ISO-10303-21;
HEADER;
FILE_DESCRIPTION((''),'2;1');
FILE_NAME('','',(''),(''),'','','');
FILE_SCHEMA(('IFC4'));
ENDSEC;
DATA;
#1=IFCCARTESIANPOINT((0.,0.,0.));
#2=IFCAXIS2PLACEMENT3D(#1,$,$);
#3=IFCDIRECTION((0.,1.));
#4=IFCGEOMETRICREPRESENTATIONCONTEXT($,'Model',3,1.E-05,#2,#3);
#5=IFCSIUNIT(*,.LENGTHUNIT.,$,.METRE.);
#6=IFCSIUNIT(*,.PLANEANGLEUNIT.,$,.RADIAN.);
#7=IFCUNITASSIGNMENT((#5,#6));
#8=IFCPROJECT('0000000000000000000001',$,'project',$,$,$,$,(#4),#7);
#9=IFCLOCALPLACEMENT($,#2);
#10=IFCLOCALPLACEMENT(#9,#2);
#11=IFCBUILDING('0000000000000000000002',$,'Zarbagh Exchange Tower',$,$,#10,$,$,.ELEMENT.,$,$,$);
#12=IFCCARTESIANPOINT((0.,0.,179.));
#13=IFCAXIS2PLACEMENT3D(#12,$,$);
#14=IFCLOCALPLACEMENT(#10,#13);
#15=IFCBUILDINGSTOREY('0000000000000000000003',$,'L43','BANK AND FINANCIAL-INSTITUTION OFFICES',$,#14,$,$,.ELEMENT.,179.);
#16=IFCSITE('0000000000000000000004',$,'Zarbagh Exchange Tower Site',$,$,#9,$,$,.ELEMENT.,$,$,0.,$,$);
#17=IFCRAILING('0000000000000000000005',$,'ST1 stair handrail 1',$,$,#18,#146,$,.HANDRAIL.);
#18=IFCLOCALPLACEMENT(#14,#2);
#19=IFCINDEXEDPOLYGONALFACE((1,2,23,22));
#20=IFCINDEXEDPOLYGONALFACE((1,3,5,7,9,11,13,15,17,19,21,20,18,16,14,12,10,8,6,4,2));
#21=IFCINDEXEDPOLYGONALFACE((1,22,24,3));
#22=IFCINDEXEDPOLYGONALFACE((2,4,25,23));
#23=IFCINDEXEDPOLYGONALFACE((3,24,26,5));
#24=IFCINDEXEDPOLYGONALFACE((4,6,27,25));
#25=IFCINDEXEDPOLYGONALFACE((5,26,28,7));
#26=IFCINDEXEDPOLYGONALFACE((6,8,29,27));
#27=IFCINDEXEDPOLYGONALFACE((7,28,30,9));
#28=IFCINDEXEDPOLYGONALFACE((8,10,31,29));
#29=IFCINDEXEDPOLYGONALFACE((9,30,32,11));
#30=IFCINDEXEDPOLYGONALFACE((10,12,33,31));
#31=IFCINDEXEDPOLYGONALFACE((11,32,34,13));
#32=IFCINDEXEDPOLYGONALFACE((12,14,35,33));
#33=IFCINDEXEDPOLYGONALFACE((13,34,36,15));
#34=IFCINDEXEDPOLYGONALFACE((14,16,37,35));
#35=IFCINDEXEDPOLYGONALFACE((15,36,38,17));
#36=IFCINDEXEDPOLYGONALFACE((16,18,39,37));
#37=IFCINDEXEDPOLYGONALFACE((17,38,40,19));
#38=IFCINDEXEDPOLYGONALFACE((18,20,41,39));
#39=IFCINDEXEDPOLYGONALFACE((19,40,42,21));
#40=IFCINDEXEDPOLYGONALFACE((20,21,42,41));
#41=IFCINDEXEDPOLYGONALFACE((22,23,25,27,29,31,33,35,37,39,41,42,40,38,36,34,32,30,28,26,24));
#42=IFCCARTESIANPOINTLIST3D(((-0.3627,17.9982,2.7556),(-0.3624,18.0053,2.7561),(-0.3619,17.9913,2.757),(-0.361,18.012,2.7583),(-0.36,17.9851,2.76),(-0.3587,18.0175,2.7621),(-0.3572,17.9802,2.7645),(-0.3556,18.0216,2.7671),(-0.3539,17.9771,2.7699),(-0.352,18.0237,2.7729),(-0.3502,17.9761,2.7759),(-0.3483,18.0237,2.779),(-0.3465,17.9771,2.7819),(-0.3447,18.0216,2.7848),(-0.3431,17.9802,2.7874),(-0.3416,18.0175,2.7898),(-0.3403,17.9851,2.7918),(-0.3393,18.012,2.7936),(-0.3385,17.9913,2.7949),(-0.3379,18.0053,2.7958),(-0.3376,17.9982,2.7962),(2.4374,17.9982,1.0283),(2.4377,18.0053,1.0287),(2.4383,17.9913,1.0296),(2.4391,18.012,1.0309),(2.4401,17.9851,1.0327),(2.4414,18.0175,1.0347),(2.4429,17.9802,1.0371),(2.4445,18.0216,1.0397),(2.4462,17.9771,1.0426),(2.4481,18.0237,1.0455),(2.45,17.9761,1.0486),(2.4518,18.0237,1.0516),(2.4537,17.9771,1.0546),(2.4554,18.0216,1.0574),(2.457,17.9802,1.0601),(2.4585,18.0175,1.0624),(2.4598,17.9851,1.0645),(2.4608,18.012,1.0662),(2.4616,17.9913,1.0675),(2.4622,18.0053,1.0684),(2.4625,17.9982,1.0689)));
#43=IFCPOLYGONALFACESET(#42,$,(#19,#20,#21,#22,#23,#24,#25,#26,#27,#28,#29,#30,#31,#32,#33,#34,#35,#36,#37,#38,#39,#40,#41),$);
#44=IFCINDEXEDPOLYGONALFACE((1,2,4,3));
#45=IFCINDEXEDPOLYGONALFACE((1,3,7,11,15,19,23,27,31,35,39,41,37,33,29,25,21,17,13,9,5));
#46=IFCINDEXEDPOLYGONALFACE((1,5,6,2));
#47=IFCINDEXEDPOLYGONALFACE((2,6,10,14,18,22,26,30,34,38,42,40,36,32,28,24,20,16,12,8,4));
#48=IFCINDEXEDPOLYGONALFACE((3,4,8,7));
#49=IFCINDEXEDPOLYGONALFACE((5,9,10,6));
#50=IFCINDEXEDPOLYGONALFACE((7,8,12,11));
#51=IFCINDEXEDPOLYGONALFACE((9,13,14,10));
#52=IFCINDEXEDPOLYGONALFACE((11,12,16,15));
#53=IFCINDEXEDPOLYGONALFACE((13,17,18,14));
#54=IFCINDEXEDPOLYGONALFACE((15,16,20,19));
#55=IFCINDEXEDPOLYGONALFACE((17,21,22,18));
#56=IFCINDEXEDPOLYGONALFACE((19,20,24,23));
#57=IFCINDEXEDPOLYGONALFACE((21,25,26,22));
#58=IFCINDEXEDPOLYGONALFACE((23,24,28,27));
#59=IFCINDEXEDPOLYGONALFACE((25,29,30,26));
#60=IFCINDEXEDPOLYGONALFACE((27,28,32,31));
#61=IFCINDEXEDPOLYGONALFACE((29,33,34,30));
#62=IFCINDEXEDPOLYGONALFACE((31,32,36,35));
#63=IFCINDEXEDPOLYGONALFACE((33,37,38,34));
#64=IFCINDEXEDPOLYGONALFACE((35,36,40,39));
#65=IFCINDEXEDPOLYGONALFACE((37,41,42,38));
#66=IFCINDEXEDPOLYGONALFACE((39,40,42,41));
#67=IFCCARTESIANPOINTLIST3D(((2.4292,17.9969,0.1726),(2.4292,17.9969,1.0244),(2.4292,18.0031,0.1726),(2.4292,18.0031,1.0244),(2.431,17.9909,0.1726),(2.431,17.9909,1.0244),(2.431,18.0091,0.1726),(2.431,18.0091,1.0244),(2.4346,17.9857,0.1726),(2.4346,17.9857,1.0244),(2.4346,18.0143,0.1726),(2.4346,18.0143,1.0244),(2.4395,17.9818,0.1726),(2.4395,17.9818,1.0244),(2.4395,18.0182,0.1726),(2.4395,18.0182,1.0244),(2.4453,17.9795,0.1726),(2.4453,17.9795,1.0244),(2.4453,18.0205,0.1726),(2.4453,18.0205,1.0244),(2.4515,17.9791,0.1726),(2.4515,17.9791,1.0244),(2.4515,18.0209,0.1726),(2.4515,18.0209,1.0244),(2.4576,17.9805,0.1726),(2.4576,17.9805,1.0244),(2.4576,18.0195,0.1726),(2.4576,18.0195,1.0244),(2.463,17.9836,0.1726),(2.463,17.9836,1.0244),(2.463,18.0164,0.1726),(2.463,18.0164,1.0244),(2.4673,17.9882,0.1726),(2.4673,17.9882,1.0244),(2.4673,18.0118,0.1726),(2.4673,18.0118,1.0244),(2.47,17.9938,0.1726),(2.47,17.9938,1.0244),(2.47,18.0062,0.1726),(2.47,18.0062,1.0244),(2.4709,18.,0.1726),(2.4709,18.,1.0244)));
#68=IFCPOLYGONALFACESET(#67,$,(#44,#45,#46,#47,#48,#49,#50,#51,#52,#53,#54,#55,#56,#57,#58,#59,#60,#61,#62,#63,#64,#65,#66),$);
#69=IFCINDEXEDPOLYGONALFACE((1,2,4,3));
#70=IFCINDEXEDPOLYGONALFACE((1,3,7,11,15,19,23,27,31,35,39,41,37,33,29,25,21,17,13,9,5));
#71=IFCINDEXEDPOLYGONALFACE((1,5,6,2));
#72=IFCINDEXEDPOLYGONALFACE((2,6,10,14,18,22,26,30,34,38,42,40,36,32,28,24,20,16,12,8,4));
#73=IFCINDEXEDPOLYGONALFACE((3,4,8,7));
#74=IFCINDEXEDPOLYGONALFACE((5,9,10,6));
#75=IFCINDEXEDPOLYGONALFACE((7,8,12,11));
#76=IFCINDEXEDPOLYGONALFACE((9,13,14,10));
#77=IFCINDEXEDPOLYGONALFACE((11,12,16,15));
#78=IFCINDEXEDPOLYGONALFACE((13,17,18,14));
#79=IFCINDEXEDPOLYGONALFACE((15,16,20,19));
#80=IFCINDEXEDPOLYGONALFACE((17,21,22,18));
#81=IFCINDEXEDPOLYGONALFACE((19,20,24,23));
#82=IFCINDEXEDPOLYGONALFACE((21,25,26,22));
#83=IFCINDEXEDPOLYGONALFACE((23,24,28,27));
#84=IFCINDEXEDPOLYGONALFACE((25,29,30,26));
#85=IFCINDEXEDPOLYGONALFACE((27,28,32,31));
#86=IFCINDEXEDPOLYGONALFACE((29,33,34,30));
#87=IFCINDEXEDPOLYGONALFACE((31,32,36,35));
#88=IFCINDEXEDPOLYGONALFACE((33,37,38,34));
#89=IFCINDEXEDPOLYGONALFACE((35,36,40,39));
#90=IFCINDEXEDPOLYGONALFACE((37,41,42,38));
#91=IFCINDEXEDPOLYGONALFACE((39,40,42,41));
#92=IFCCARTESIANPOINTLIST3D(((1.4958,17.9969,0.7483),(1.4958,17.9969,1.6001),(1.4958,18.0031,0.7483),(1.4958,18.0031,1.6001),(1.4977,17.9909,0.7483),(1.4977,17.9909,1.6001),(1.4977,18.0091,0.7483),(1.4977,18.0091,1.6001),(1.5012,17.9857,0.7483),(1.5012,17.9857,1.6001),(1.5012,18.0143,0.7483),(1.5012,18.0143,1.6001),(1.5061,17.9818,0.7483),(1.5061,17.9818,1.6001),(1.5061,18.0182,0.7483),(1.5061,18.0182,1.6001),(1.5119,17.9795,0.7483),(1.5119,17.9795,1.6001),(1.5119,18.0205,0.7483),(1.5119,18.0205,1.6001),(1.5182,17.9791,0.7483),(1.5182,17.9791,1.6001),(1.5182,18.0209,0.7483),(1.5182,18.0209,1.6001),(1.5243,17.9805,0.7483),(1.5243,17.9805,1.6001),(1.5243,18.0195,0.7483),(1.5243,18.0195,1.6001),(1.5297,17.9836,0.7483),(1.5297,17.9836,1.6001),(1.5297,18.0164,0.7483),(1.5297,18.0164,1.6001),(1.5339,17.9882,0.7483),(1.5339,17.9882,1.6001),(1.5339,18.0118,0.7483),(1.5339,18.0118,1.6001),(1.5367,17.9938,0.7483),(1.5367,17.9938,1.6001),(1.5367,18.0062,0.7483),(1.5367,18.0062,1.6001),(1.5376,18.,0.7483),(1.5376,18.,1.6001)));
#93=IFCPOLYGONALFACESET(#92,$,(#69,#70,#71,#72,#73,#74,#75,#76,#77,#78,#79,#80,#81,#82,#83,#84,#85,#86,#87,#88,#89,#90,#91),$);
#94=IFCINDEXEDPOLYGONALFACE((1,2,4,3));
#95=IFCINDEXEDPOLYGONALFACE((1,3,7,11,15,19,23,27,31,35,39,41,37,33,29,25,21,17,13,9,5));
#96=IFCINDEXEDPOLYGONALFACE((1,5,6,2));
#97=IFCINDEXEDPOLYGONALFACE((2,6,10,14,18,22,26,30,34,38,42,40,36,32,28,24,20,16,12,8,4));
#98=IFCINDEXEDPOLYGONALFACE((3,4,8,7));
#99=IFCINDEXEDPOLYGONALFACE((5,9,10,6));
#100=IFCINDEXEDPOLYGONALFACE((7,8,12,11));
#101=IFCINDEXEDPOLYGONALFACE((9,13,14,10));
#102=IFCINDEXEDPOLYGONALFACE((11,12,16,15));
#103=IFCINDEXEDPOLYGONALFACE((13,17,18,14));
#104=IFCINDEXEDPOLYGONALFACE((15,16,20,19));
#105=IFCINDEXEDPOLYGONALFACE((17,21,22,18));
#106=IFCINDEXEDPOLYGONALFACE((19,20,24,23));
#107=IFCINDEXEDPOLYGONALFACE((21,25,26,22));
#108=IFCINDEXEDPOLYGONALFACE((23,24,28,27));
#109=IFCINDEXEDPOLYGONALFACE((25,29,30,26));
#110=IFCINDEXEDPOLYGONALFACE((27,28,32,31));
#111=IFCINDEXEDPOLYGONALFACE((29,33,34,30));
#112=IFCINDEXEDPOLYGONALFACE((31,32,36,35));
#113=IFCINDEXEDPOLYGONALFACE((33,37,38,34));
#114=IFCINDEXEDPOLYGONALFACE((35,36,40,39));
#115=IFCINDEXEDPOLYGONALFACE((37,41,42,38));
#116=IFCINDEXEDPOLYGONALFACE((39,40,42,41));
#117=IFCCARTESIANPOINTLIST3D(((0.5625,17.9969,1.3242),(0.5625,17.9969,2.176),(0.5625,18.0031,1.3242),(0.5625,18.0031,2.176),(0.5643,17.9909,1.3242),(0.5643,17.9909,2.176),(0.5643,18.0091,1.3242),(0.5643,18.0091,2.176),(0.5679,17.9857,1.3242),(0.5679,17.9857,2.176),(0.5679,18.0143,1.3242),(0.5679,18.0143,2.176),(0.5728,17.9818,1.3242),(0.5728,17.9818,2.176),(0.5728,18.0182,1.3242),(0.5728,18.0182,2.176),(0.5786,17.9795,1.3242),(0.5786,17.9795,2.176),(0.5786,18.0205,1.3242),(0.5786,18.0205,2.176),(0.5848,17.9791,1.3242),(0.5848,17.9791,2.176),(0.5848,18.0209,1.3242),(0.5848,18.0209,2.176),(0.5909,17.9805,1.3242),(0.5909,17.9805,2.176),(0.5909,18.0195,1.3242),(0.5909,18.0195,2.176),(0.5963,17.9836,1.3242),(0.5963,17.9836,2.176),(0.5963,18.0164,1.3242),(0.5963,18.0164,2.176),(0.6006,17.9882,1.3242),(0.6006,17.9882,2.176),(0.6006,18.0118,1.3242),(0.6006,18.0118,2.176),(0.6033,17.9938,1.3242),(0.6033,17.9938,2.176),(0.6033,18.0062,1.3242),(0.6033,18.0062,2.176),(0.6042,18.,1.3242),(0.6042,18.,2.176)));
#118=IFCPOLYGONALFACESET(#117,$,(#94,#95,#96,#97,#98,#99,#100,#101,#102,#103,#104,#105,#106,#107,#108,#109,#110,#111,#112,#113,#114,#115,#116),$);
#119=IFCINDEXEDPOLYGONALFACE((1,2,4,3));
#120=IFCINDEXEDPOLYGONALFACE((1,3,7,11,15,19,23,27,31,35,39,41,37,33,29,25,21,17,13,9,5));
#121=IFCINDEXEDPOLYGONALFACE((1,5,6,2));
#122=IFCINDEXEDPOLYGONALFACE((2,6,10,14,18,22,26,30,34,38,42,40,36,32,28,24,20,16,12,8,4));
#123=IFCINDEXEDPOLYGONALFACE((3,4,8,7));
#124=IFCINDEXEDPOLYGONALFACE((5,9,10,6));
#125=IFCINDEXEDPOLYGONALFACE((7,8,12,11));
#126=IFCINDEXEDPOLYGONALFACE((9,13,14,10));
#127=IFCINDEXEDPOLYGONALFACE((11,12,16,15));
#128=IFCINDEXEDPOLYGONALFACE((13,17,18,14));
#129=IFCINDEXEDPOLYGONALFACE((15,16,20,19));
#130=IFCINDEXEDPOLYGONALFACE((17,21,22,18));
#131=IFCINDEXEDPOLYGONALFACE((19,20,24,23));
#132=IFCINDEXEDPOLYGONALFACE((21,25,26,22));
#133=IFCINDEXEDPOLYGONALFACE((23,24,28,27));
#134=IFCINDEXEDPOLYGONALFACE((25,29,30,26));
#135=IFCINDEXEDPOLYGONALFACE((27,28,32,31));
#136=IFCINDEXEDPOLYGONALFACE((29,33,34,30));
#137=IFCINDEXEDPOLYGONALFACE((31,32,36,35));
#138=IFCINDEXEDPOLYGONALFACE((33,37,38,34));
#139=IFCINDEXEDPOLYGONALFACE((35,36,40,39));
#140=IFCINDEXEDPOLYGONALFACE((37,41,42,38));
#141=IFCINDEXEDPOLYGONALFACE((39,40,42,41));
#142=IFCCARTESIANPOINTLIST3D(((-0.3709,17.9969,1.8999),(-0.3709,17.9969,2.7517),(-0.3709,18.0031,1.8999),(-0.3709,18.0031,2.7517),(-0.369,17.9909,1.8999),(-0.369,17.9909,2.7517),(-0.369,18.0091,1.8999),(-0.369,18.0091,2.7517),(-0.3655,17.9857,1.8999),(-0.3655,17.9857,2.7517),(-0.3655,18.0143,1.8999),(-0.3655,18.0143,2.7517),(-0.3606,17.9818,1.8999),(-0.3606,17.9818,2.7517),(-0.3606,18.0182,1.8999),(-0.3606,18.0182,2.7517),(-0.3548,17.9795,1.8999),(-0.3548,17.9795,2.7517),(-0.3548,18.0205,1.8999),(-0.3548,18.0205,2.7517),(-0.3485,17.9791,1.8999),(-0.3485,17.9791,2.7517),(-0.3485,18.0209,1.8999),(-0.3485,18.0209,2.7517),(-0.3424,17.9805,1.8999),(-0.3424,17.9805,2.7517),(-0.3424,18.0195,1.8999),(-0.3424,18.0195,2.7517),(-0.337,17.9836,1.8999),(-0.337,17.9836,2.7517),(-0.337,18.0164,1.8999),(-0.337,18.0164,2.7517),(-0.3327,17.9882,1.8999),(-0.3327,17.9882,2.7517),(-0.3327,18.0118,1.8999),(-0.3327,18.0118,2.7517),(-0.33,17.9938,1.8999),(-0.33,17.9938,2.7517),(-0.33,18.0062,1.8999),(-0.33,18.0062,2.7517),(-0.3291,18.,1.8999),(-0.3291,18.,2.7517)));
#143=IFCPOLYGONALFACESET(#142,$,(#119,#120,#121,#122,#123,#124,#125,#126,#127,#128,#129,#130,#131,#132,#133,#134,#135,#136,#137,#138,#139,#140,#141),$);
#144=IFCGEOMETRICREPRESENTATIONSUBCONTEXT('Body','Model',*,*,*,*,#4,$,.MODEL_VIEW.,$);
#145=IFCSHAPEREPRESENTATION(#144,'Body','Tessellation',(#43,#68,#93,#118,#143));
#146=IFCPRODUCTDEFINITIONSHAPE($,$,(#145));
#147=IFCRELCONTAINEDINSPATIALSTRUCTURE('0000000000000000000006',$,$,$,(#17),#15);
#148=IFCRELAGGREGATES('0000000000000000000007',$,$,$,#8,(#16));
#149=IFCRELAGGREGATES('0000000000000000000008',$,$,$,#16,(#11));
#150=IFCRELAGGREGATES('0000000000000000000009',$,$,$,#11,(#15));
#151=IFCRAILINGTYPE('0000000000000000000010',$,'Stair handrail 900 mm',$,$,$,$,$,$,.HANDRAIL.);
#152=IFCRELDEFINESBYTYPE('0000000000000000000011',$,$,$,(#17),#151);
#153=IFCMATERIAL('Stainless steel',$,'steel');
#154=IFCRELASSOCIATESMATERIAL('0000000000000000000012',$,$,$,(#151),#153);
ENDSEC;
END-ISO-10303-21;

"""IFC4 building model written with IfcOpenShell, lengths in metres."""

from ifc_helpers import new_model, si_unit, direction, frame, origin, origin_2d, place, context, subcontext, project, spatial, circle, extrude, material, type_object, element, save


model = new_model("IFC4")

# Units and contexts
model_context = context("Model", 3, precision=1e-05, world=origin(), true_north=direction((0.0, 1.0)))
body_context = subcontext(model_context, "Body", "Model", "MODEL_VIEW")
ifc_project = project(units=[si_unit("LENGTHUNIT", "METRE"), si_unit("PLANEANGLEUNIT", "RADIAN")], contexts=[model_context])

# Site, building, storey
site_placement = place(None, origin())
site = spatial("IfcSite", under=ifc_project, at=site_placement, Name="Zarbagh Exchange Tower Site", CompositionType="ELEMENT", RefElevation=0.0)
building_placement = place(site_placement, origin())
building = spatial("IfcBuilding", under=site, at=building_placement, Name="Zarbagh Exchange Tower", CompositionType="ELEMENT")
storey_placement = place(building_placement, frame((0.0, 0.0, 179.0)))
storey = spatial("IfcBuildingStorey", under=building, at=storey_placement, Name="L43", Description="BANK AND FINANCIAL-INSTITUTION OFFICES", CompositionType="ELEMENT", Elevation=179.0)

# Railing
ifc_material_1 = material(Name="Stainless steel", Category="steel")
railing_type = type_object("IfcRailingType", Name="Stair handrail 900 mm", PredefinedType="HANDRAIL", material=ifc_material_1)
railing_placement = place(storey_placement, frame((2.45, 18.0, 0.1726)))
element("IfcRailing", 1, at=railing_placement, inside=storey, type_object=railing_type, Name="ST1 stair handrail 1", PredefinedType="HANDRAIL", context=body_context, shape_type="SweptSolid", body=[
    extrude(circle(Radius=0.0239, at=origin_2d()), frame((0.0, 0.0, 0.876), z_axis=(-0.85109, 0.0, 0.52502), x_axis=(0.0, -1.0, 0.0)), (0.0, 0.0, 1.0), 3.29),
    extrude(circle(Radius=0.021, at=origin_2d()), origin(), (0.0, 0.0, 1.0), 0.8518),
    extrude(circle(Radius=0.021, at=origin_2d()), frame((-0.9333, 0.0, 0.5757)), (0.0, 0.0, 1.0), 0.8518),
    extrude(circle(Radius=0.021, at=origin_2d()), frame((-1.8667, 0.0, 1.1516)), (0.0, 0.0, 1.0), 0.8518),
    extrude(circle(Radius=0.021, at=origin_2d()), frame((-2.8, 0.0, 1.7273)), (0.0, 0.0, 1.0), 0.8518),
])

save(model, "model.ifc")
